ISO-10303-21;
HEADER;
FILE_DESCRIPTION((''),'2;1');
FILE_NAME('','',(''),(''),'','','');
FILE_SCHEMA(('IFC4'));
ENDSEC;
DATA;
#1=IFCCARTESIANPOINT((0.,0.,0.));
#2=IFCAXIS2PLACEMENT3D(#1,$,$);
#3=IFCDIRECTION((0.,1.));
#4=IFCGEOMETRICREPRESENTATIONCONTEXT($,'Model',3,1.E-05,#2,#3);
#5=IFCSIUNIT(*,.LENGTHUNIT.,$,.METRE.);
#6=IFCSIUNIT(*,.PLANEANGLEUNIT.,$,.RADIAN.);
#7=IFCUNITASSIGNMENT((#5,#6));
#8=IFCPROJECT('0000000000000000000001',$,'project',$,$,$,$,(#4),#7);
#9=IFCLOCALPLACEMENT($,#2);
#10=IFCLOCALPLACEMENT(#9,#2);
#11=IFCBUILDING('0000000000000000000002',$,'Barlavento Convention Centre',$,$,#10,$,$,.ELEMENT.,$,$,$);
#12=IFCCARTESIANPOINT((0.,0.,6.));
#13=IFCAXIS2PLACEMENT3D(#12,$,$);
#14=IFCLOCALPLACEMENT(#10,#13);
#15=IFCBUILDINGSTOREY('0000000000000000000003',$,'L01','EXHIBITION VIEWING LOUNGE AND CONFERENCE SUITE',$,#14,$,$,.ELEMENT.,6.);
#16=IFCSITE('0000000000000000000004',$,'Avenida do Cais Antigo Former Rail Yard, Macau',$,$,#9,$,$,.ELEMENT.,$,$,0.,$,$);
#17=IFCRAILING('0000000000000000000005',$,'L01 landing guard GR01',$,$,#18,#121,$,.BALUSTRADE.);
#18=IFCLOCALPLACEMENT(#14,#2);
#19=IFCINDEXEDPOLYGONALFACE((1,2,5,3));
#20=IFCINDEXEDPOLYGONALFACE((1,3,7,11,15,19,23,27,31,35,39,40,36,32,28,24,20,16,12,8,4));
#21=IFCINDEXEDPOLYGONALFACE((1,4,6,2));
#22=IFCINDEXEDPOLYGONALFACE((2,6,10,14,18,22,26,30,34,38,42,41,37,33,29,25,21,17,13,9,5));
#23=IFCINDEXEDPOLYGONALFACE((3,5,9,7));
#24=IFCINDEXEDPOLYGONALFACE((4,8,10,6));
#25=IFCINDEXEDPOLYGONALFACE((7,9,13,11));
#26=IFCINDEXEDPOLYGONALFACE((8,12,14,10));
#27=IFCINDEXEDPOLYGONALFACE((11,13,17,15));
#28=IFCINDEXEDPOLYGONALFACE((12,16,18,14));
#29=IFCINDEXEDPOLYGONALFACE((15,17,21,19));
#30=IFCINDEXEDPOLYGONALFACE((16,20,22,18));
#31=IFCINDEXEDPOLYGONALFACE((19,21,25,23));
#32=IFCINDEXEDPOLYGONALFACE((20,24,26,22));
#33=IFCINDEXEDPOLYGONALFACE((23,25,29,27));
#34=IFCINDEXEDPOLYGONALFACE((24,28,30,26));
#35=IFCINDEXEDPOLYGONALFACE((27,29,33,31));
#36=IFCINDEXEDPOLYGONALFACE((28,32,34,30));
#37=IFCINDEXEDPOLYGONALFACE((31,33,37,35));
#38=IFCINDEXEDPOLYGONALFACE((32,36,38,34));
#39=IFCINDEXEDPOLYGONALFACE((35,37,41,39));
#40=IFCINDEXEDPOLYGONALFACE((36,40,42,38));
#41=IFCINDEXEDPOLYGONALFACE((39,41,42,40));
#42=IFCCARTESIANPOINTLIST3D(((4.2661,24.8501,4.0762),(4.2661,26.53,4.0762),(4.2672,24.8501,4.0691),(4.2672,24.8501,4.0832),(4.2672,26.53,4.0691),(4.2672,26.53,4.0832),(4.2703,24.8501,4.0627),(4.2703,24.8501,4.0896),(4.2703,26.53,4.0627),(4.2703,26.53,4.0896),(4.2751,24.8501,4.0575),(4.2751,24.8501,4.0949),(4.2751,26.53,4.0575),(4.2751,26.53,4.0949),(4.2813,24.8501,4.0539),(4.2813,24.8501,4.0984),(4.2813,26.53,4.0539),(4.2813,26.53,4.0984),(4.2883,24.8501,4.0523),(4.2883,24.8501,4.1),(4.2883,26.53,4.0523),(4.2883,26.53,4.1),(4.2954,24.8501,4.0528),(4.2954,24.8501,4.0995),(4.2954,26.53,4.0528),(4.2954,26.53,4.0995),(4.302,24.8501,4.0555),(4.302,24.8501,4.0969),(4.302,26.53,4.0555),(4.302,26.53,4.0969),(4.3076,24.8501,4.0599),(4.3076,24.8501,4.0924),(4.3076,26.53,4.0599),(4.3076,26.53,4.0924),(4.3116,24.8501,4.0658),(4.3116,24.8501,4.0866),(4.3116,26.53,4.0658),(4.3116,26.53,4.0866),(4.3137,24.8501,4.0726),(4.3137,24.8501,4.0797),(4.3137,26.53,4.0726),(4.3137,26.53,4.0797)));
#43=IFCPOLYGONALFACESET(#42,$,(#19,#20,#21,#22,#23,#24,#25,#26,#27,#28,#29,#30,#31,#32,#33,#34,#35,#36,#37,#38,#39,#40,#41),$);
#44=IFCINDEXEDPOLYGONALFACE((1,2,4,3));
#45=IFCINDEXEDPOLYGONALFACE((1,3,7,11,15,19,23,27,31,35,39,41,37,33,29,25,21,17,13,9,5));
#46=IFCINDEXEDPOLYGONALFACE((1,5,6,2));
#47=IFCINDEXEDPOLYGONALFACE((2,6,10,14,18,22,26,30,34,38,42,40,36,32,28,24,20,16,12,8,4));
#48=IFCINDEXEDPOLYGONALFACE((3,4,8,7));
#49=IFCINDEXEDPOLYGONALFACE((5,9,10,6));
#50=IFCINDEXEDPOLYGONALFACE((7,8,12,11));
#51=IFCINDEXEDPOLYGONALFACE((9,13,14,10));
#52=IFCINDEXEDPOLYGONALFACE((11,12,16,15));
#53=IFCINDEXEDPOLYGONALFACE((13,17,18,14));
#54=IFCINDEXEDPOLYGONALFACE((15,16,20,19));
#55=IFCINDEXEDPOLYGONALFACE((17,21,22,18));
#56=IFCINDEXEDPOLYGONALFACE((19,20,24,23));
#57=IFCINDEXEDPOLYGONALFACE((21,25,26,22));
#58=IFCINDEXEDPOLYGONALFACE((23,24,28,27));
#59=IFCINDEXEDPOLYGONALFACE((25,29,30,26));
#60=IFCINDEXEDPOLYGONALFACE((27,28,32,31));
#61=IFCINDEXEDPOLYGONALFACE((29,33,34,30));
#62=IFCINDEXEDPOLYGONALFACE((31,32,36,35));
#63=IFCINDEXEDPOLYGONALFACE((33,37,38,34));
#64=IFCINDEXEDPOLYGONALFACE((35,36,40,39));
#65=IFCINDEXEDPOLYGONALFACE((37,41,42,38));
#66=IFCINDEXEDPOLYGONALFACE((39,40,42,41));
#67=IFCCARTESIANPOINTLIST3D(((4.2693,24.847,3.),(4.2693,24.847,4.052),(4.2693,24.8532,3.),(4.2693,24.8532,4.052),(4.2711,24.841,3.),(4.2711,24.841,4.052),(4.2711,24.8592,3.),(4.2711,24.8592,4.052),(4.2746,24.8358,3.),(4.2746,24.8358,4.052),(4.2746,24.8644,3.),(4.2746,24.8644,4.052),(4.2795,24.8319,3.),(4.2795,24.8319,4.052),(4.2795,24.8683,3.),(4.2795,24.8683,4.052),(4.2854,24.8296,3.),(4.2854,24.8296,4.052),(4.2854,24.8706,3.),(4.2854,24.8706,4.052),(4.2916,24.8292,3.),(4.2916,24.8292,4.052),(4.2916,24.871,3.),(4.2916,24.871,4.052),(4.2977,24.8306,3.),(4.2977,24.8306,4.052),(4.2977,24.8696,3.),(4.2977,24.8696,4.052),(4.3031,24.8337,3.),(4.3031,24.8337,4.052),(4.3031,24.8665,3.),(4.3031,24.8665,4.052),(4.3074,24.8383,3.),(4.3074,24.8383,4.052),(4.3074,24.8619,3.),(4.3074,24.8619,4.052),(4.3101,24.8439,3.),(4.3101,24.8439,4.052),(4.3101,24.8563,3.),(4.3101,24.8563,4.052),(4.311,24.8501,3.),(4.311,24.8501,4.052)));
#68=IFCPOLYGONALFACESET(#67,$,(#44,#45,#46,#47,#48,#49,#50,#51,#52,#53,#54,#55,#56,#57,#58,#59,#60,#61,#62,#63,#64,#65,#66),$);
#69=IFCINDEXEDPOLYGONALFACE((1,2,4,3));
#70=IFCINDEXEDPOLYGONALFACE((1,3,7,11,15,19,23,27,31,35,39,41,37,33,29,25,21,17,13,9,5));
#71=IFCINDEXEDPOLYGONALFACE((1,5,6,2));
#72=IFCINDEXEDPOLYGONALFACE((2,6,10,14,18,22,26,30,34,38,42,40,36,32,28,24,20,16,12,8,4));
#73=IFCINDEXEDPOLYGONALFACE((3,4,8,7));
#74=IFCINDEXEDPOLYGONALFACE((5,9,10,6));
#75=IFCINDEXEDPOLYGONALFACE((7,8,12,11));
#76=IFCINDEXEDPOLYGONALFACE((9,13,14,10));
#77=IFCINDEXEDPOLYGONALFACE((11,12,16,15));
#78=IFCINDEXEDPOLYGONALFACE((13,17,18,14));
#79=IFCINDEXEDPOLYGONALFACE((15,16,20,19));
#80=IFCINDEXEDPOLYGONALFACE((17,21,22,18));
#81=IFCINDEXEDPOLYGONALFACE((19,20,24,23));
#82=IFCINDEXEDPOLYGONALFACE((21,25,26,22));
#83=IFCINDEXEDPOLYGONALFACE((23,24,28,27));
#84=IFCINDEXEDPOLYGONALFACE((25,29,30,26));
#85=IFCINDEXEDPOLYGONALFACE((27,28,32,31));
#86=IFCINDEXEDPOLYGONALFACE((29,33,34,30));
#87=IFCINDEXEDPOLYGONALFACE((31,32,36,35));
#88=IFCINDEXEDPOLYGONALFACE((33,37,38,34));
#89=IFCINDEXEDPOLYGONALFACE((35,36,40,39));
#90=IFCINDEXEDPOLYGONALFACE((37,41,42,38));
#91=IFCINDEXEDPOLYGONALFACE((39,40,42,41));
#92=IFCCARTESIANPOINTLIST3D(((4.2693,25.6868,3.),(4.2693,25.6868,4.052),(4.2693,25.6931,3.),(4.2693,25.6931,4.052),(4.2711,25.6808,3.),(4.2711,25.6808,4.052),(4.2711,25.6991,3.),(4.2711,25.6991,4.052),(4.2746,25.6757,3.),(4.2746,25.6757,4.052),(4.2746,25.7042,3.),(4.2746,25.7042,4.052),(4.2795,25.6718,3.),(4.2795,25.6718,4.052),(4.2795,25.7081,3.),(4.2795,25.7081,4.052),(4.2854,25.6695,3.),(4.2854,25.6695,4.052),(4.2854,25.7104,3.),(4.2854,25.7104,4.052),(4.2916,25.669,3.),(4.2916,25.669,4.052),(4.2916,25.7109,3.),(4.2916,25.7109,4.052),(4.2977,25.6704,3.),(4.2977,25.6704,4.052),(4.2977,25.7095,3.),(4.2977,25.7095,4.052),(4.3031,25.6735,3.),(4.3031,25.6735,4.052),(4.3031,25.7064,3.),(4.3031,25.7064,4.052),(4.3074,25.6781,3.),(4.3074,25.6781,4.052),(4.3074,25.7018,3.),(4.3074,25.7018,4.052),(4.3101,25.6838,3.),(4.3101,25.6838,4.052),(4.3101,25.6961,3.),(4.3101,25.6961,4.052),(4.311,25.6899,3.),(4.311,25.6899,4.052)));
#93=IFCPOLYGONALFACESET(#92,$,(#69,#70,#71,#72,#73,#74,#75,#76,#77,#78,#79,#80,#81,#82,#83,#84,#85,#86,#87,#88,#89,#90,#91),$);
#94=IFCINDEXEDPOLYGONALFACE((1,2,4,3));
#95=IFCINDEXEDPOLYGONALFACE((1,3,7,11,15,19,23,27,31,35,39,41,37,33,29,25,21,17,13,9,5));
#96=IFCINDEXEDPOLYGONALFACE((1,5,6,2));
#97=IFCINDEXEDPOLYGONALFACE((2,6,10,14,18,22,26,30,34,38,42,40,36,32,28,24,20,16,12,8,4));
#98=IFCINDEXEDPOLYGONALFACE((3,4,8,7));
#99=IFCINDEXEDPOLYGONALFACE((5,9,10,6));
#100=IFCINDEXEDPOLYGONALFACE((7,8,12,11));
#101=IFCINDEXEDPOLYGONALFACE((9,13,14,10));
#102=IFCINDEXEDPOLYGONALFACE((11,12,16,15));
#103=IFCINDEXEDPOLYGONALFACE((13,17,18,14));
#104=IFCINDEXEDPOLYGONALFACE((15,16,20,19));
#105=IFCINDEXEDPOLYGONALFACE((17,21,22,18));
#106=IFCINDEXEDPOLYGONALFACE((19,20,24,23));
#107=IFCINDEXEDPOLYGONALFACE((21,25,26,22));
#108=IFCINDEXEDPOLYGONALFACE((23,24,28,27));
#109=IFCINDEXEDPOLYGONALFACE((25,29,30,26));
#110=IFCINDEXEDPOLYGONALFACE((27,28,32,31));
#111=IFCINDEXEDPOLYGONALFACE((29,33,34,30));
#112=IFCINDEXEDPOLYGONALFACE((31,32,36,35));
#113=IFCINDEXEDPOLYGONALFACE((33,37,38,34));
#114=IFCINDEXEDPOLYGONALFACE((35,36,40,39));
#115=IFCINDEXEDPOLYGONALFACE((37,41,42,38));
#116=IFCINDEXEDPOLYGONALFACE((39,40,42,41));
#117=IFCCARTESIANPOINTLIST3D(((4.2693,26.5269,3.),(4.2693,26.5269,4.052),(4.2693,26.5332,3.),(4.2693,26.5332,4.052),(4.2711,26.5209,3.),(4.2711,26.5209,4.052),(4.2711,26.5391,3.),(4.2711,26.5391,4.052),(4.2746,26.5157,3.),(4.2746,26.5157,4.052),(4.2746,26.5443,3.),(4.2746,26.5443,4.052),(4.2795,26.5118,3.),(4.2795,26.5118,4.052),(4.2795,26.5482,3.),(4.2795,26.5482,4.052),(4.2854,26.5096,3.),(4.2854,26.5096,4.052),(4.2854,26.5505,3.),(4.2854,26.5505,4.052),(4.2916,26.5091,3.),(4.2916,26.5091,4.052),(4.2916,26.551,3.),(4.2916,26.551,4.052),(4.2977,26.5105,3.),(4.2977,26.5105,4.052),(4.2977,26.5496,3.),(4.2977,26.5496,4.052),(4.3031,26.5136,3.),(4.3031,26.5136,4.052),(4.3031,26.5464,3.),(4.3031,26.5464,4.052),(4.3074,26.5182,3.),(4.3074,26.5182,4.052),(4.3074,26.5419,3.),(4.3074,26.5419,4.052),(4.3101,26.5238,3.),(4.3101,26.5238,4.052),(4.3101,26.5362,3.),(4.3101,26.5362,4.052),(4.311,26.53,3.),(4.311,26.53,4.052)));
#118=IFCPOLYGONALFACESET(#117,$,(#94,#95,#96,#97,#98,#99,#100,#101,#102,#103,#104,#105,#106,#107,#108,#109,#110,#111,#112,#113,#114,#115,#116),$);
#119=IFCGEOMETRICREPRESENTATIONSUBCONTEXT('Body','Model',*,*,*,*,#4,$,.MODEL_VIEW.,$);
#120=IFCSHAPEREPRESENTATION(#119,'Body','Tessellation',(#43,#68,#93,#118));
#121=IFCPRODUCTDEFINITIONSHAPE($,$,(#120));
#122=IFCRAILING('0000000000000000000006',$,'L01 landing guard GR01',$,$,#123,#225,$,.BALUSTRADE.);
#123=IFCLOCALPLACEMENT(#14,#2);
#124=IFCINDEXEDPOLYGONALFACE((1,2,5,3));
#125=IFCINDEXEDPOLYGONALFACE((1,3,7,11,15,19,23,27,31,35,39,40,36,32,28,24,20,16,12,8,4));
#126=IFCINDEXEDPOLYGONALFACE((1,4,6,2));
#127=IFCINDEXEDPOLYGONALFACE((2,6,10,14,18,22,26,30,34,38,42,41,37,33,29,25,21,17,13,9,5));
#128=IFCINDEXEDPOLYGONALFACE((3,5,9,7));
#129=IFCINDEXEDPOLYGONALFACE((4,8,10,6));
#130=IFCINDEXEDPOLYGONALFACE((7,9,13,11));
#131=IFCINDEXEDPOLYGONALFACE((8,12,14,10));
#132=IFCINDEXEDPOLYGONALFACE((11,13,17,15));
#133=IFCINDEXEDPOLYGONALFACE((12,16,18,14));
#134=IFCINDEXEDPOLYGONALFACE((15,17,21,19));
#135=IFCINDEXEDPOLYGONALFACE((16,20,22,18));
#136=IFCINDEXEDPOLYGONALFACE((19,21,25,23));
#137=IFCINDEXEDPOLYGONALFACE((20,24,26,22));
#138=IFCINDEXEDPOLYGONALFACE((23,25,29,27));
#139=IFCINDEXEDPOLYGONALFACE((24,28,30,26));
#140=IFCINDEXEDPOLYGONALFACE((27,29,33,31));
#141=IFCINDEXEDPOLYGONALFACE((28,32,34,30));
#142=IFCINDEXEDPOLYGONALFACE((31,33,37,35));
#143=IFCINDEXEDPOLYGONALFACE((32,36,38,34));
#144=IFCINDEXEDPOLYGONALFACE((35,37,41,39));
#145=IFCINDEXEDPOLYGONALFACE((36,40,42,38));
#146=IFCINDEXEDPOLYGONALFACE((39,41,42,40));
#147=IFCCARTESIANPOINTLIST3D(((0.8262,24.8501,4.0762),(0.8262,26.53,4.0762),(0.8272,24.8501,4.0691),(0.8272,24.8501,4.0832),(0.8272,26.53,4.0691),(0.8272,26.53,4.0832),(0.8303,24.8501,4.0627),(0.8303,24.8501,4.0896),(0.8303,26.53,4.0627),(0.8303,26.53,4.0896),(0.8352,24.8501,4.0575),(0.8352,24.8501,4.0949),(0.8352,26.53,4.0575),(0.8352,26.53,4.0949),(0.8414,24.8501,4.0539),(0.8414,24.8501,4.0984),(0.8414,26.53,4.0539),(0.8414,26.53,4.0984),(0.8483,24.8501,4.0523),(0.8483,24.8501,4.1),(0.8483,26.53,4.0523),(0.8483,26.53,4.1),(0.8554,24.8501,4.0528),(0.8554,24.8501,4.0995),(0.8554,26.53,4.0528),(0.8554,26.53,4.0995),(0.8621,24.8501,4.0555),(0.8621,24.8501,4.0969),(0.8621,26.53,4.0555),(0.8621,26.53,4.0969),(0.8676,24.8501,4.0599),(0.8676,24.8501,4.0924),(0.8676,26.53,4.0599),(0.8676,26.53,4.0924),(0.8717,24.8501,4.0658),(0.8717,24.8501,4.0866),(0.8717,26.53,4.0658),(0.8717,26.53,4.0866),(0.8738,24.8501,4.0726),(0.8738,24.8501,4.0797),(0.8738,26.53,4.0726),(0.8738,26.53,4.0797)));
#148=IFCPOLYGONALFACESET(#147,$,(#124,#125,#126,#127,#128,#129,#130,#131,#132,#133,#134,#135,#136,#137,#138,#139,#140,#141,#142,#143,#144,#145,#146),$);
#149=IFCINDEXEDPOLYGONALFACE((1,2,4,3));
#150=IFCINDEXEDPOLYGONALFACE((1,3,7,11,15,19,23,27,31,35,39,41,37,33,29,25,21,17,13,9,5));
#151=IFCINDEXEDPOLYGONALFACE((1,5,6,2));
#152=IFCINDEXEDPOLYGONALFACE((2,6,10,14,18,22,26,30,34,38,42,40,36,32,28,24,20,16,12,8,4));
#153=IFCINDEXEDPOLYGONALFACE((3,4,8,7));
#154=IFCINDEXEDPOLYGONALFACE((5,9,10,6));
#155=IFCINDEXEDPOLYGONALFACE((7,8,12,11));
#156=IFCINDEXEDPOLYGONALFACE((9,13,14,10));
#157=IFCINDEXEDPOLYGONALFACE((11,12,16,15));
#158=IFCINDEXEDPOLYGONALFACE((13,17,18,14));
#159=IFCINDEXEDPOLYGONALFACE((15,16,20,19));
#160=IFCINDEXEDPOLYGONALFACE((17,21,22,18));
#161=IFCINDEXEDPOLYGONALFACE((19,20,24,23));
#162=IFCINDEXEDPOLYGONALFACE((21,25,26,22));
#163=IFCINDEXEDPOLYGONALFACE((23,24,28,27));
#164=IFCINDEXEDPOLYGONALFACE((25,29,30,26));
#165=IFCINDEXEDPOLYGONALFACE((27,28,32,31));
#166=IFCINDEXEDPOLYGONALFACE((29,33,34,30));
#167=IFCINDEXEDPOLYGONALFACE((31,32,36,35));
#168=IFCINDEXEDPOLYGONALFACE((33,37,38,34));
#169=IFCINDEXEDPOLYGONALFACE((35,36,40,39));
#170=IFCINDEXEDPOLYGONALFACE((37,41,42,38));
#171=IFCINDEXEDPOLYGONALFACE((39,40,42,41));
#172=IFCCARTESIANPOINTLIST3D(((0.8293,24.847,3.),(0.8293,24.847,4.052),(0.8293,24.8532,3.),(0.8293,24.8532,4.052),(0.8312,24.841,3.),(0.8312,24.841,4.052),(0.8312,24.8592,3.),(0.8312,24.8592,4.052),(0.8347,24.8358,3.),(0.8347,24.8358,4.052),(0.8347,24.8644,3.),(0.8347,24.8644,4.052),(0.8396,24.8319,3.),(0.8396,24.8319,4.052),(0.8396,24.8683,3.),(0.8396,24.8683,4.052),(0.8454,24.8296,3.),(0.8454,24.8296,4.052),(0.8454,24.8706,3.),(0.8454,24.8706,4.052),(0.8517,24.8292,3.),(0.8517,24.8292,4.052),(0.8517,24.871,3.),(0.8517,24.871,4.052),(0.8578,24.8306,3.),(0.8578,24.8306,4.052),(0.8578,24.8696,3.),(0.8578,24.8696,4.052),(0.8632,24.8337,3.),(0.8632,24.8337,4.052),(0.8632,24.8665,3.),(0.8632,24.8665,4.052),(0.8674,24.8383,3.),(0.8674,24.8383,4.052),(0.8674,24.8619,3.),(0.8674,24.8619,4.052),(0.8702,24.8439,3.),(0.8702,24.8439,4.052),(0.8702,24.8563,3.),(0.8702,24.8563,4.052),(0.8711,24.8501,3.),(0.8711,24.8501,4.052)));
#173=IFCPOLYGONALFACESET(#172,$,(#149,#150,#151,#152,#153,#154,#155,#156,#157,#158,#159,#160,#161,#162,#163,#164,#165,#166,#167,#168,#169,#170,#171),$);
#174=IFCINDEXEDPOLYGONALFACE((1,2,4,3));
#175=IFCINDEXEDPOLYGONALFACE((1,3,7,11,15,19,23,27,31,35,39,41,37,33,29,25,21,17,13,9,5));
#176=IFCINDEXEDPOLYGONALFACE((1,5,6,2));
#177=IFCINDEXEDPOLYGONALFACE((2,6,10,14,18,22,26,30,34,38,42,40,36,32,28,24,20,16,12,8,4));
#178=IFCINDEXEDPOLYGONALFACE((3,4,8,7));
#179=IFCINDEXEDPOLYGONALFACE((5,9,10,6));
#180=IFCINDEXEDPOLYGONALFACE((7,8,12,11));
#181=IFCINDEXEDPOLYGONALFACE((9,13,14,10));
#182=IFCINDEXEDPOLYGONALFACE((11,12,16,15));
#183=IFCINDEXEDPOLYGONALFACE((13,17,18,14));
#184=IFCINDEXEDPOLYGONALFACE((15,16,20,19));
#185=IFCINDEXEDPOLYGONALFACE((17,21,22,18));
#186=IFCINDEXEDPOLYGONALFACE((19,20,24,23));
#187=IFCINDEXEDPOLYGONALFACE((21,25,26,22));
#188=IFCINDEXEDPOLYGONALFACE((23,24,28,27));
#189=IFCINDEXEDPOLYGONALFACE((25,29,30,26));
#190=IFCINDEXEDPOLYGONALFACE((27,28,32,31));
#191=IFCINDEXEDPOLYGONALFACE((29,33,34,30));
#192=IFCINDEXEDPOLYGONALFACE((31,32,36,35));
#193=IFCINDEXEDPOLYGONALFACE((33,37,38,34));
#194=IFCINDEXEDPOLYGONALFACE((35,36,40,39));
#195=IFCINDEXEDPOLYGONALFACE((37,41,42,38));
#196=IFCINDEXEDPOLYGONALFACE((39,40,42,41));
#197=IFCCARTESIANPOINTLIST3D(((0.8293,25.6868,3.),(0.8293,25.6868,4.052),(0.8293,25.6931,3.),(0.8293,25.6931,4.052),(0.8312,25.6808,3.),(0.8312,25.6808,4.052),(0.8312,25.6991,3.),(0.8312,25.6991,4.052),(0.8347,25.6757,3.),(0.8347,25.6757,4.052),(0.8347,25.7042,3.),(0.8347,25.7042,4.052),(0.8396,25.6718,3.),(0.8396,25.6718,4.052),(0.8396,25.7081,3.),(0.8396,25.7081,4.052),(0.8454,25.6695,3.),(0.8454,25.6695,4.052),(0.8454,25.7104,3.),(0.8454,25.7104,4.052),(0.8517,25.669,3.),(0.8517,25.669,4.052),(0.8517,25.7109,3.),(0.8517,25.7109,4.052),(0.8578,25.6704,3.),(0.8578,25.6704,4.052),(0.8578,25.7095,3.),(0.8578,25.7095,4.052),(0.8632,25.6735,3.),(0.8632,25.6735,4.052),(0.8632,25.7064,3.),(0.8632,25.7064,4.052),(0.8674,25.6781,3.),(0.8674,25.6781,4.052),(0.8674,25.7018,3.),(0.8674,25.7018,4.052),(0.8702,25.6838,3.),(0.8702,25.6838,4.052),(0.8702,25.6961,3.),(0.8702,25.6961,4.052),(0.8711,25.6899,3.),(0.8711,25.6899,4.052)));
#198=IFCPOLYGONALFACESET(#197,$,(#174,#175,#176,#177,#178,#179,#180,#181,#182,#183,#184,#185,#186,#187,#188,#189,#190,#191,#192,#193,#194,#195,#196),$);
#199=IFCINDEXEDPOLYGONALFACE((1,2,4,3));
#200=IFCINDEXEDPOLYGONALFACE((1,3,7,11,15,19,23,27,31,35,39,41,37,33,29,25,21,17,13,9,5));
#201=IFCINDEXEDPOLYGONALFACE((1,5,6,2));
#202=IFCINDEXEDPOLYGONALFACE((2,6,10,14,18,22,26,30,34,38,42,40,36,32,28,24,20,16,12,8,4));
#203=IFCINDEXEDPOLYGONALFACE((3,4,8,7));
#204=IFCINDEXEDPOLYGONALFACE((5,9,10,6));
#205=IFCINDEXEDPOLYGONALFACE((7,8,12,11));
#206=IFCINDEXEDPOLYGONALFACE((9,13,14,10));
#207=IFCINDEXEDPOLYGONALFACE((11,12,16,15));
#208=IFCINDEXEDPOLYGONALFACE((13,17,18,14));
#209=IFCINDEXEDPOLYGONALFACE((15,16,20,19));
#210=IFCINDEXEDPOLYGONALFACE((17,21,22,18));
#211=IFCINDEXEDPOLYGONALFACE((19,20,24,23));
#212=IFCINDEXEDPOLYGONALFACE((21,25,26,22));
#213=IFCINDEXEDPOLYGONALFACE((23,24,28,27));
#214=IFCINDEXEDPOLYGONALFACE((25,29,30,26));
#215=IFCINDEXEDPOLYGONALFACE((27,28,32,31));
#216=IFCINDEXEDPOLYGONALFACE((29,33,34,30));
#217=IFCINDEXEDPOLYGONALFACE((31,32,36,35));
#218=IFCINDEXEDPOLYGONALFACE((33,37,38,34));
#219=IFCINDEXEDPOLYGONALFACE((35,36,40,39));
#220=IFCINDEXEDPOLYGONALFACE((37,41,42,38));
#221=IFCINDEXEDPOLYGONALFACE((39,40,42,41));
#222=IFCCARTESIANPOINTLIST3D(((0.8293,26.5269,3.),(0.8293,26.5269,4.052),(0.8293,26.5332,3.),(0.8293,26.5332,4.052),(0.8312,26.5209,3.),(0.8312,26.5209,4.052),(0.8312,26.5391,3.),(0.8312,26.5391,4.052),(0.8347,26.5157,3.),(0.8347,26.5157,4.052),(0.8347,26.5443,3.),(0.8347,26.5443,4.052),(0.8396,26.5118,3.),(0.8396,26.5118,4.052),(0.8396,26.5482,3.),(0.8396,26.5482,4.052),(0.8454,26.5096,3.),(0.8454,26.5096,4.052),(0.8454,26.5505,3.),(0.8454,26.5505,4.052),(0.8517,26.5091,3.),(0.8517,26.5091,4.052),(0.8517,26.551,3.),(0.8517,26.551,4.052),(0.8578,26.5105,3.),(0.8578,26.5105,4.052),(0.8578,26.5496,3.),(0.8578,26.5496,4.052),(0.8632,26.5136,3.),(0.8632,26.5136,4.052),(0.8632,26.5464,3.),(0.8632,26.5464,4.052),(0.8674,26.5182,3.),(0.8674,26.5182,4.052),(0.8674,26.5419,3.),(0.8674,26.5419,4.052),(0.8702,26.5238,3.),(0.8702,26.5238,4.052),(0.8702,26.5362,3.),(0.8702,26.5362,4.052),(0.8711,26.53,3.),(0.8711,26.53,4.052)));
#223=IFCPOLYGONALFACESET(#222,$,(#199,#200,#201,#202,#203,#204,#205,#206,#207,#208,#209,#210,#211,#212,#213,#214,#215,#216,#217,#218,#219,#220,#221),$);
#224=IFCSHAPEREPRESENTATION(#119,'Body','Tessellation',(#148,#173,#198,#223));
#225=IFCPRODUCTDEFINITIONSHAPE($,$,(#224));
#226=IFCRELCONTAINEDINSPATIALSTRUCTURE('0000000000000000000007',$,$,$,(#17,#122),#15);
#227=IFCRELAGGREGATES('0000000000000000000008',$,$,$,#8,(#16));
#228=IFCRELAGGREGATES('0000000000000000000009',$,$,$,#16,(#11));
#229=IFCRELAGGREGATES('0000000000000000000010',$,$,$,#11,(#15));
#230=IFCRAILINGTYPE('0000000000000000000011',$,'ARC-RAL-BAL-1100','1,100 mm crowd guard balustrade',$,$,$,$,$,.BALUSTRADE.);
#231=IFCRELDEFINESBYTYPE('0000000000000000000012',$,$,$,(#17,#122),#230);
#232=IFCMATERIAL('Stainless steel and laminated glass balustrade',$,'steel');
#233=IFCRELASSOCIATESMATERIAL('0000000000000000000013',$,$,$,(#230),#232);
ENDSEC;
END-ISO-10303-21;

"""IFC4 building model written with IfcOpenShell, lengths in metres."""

from ifc_helpers import new_model, si_unit, direction, frame, origin, origin_2d, place, context, subcontext, project, spatial, circle, extrude, material, type_object, element, save


model = new_model("IFC4")

# Units and contexts
model_context = context("Model", 3, precision=1e-05, world=origin(), true_north=direction((0.0, 1.0)))
body_context = subcontext(model_context, "Body", "Model", "MODEL_VIEW")
ifc_project = project(units=[si_unit("LENGTHUNIT", "METRE"), si_unit("PLANEANGLEUNIT", "RADIAN")], contexts=[model_context])

# Site, building, storey
site_placement = place(None, origin())
site = spatial("IfcSite", under=ifc_project, at=site_placement, Name="Avenida do Cais Antigo Former Rail Yard, Macau", CompositionType="ELEMENT", RefElevation=0.0)
building_placement = place(site_placement, origin())
building = spatial("IfcBuilding", under=site, at=building_placement, Name="Barlavento Convention Centre", CompositionType="ELEMENT")
storey_placement = place(building_placement, frame((0.0, 0.0, 6.0)))
storey = spatial("IfcBuildingStorey", under=building, at=storey_placement, Name="L01", Description="EXHIBITION VIEWING LOUNGE AND CONFERENCE SUITE", CompositionType="ELEMENT", Elevation=6.0)

# Railings
ifc_material_1 = material(Name="Stainless steel and laminated glass balustrade", Category="steel")
railing_type_1 = type_object("IfcRailingType", Name="ARC-RAL-BAL-1100", Description="1,100 mm crowd guard balustrade", PredefinedType="BALUSTRADE", material=ifc_material_1)
for number, where, name in (
    (1, (4.29, 24.8501, 3.0), "L01 landing guard GR01"),
    (2, (0.8501, 24.8501, 3.0), "L01 landing guard GR01"),
):
    element("IfcRailing", number, at=place(storey_placement, frame(where)), inside=storey, type_object=railing_type_1, Name=name, PredefinedType="BALUSTRADE", context=body_context, shape_type="SweptSolid", body=[
        extrude(circle(Radius=0.0239, at=origin_2d()), frame((0.0, 0.0, 1.0762), z_axis=(0.0, 1.0, 0.0), x_axis=(-1.0, 0.0, 0.0)), (0.0, 0.0, 1.0), 1.6799),
        extrude(circle(Radius=0.021, at=origin_2d()), origin(), (0.0, 0.0, 1.0), 1.052),
        extrude(circle(Radius=0.021, at=origin_2d()), frame((0.0, 0.8398, 0.0)), (0.0, 0.0, 1.0), 1.052),
        extrude(circle(Radius=0.021, at=origin_2d()), frame((0.0, 1.6799, 0.0)), (0.0, 0.0, 1.0), 1.052),
    ])

save(model, "model.ifc")
